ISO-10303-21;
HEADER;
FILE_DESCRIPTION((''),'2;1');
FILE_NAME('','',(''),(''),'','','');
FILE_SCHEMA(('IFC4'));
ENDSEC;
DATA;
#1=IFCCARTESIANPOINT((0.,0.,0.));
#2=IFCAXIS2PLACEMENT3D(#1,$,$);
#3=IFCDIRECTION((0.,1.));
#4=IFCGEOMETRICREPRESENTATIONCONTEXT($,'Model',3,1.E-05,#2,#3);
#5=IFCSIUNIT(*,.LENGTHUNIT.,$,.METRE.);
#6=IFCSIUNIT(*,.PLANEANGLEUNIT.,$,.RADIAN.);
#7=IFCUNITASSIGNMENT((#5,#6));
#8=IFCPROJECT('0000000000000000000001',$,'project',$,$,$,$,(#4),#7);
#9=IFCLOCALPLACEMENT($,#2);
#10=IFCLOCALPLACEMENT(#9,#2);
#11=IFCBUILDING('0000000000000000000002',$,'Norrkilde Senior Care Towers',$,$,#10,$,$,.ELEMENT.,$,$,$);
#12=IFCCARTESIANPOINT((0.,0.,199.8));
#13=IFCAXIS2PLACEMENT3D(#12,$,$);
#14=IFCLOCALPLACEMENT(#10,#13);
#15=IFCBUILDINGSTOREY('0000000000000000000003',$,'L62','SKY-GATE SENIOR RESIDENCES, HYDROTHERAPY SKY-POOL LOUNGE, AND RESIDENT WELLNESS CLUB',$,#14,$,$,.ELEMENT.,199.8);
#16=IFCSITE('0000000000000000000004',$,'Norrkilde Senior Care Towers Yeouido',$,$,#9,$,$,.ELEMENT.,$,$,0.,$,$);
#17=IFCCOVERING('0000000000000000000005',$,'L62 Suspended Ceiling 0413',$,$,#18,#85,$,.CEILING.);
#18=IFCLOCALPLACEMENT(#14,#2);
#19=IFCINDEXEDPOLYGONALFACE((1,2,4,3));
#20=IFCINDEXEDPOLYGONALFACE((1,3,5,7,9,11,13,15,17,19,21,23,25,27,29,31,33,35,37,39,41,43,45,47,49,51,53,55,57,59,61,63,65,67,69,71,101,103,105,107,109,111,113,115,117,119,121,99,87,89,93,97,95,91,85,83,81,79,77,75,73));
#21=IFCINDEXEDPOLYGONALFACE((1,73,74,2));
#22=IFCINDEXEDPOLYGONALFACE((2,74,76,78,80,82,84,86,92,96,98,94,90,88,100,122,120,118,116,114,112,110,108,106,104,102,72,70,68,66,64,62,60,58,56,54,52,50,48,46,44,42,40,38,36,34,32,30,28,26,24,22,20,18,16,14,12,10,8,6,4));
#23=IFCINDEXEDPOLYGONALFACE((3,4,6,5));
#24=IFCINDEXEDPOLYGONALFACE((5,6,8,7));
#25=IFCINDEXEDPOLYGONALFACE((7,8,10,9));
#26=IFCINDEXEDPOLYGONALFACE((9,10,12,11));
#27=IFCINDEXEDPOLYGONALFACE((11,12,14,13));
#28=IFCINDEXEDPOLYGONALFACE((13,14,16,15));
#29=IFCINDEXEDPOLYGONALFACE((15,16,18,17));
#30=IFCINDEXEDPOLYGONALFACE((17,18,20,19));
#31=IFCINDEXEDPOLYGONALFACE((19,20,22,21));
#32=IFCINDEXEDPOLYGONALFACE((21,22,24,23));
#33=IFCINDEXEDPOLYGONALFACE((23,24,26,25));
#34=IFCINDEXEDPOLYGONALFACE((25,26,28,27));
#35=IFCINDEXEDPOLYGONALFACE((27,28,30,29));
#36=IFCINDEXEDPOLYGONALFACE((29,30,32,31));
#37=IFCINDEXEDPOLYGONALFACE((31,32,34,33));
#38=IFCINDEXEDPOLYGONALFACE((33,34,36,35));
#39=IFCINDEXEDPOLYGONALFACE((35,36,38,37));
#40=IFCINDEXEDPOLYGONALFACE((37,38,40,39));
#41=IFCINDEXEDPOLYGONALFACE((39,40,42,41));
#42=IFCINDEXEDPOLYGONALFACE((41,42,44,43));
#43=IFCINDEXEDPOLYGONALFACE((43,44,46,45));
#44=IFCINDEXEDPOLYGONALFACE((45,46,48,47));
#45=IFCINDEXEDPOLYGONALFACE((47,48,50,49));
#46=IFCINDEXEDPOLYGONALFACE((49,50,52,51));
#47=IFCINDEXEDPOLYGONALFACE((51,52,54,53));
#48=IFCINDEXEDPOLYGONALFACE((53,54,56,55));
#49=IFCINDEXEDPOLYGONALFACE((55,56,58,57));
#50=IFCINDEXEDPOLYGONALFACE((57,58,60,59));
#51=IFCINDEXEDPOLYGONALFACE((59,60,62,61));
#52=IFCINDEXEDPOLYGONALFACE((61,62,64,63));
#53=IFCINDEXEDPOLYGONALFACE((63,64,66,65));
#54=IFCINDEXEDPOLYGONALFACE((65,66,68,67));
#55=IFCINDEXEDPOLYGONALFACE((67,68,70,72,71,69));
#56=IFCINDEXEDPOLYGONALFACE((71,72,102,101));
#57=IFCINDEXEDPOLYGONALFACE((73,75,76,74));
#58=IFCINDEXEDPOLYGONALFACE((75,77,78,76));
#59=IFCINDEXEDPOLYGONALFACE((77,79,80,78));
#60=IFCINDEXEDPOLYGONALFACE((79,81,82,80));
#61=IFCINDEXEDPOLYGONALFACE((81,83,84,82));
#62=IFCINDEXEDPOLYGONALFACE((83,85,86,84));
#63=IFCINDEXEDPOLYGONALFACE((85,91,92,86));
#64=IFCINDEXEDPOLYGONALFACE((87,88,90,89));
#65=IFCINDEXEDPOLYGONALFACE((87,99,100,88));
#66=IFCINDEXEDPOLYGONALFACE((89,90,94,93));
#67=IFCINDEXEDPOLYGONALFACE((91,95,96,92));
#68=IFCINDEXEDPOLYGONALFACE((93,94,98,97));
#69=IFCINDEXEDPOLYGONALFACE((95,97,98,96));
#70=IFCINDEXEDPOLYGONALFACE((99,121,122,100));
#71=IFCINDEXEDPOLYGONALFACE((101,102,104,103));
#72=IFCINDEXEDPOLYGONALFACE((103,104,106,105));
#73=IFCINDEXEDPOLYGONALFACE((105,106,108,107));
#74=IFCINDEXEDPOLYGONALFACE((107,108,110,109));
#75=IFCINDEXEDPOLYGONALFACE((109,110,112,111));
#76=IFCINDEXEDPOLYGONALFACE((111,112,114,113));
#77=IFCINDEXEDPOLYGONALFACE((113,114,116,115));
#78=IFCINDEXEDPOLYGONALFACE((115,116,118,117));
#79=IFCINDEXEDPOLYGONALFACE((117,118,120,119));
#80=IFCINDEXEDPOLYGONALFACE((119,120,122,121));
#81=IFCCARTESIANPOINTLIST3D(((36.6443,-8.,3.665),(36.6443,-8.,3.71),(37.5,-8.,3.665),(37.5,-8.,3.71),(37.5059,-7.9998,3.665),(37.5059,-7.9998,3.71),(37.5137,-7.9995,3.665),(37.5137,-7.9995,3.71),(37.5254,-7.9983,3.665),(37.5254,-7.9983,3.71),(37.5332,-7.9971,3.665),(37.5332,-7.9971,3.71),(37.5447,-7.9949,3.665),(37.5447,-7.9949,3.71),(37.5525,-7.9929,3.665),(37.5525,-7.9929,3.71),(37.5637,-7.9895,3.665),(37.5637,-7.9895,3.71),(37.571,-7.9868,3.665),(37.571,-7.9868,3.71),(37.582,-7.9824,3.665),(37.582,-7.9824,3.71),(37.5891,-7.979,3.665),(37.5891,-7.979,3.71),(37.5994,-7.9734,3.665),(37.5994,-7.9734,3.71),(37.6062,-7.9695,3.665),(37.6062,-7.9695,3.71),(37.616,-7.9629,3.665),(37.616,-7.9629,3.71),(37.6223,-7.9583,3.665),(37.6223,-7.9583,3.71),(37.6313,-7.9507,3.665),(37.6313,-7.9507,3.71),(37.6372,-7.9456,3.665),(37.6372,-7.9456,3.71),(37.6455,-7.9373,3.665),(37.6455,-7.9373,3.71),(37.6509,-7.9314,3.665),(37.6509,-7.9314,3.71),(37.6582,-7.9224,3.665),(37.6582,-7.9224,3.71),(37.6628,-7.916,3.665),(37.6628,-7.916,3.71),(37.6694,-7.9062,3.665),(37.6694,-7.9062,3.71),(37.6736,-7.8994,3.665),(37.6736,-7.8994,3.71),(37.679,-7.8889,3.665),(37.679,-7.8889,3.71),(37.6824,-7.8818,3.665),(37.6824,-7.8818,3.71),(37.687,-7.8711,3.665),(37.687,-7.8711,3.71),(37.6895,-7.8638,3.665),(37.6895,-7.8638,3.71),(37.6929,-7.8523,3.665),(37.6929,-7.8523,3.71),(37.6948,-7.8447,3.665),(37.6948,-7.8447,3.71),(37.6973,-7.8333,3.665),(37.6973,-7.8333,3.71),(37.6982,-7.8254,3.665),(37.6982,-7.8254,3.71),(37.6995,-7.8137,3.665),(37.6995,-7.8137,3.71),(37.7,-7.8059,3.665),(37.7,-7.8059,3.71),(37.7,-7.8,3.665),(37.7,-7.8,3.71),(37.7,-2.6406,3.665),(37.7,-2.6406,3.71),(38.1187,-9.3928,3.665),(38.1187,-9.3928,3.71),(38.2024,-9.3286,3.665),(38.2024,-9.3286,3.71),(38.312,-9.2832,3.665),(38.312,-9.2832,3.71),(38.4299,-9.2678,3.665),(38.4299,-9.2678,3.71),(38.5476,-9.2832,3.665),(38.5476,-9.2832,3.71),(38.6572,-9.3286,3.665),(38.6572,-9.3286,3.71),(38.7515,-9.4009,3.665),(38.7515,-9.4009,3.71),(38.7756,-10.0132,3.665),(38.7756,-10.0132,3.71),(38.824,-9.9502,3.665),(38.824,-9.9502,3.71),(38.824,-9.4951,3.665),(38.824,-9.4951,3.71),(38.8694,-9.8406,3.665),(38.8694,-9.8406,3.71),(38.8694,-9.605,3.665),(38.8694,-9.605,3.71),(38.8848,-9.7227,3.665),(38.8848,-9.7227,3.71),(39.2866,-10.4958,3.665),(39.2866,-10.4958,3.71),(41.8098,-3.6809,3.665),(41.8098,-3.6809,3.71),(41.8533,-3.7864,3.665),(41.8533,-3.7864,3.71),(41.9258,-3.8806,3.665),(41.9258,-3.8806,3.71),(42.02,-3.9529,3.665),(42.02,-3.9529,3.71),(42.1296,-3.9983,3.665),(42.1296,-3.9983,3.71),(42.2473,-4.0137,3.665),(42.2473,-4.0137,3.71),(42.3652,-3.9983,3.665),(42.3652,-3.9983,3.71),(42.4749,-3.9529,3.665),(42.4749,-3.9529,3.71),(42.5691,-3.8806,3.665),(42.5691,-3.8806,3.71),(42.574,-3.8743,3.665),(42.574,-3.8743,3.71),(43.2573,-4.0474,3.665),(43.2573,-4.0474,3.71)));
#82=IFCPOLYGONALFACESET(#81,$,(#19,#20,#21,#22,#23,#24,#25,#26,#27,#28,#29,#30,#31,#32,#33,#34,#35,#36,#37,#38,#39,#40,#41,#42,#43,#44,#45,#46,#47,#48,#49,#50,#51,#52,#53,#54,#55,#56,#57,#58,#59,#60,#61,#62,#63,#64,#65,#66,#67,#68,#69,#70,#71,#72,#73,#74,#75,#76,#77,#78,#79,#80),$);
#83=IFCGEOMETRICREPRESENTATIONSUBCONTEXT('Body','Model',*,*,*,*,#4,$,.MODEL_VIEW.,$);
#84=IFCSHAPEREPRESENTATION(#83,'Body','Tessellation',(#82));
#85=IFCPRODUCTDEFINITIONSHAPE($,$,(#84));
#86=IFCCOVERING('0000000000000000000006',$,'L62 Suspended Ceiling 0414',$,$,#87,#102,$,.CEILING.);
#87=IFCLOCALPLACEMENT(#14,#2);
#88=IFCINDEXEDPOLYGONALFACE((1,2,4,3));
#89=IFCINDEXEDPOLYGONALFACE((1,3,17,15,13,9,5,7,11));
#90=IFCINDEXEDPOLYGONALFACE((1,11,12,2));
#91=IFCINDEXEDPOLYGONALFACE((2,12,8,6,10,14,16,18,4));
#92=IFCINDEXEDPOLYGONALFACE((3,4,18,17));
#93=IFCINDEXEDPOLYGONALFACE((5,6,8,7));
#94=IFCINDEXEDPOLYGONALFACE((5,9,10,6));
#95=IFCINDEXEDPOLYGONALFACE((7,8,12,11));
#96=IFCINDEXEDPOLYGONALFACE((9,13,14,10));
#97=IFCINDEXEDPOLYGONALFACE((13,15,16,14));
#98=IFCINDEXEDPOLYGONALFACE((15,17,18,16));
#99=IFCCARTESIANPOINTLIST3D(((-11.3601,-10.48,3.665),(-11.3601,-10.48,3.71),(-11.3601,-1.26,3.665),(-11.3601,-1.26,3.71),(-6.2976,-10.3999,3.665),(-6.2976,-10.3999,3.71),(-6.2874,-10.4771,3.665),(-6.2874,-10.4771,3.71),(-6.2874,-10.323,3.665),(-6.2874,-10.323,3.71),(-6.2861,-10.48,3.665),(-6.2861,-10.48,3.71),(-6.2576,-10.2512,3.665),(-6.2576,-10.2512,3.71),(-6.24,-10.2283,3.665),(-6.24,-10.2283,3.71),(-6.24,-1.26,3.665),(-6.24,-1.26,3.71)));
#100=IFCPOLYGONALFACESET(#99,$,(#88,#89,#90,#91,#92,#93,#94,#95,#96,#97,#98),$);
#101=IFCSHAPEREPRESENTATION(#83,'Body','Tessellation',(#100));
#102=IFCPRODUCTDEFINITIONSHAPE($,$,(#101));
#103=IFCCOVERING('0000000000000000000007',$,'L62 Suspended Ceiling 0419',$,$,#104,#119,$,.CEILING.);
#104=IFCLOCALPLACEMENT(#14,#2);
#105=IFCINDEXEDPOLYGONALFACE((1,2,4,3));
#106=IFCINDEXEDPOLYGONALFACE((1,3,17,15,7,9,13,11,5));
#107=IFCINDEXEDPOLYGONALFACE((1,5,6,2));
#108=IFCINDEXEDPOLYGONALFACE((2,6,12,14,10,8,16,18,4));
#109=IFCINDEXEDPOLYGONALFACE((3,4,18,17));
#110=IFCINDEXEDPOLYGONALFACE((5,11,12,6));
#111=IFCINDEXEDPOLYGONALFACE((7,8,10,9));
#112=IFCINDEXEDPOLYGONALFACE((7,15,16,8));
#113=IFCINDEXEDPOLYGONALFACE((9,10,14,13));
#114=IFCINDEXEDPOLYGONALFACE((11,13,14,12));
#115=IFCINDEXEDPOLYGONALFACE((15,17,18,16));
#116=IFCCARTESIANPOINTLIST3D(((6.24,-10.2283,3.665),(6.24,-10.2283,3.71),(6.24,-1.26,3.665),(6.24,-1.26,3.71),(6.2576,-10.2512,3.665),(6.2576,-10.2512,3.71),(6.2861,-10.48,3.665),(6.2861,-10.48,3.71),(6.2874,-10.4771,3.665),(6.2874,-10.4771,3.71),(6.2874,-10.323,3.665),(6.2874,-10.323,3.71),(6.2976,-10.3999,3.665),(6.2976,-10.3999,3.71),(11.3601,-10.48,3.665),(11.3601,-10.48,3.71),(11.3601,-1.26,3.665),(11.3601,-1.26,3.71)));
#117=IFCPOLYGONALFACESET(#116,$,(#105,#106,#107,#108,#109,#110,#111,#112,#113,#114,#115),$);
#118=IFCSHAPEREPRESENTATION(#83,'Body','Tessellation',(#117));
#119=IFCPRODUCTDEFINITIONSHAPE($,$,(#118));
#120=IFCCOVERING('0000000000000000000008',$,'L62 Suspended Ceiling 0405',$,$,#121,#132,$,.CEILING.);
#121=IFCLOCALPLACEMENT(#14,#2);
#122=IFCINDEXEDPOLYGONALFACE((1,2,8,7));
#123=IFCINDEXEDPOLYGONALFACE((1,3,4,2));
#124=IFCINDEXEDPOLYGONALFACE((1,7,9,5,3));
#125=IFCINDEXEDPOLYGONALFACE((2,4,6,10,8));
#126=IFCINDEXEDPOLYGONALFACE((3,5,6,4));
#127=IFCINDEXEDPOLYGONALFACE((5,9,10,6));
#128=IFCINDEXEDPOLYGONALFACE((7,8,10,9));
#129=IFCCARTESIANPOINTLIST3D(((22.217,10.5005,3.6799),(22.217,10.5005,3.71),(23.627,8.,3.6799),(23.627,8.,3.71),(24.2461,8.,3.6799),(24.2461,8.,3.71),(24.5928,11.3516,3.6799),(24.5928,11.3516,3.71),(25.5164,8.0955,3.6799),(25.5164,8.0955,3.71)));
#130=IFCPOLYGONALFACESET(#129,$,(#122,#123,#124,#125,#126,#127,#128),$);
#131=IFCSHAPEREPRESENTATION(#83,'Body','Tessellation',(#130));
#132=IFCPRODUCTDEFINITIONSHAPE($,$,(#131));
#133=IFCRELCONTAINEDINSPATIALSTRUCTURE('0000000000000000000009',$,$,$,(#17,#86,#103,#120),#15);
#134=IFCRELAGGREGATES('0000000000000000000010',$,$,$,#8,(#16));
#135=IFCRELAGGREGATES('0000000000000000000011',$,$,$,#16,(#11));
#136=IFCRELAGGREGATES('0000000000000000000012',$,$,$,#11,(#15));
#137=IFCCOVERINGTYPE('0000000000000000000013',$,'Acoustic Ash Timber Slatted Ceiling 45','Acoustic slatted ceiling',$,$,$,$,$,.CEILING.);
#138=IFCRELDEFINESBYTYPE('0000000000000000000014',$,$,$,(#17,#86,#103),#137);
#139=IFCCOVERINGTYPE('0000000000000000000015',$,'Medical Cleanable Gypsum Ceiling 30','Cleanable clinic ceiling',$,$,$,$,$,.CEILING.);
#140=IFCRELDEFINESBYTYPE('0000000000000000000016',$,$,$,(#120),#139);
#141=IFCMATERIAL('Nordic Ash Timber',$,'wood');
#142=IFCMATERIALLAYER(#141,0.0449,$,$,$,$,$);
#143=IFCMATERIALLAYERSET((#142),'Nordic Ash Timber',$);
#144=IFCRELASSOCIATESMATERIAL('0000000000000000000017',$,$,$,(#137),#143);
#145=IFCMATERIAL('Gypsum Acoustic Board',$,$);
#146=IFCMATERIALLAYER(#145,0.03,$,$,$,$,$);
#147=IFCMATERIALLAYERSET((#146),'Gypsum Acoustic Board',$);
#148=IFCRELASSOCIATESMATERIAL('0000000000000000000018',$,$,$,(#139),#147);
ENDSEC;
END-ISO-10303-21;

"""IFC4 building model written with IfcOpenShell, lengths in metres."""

from ifc_helpers import new_model, si_unit, direction, frame, origin, place, context, subcontext, project, spatial, polyline, outline, extrude, material, layer, layer_set, type_object, element, save


model = new_model("IFC4")

# Units and contexts
model_context = context("Model", 3, precision=1e-05, world=origin(), true_north=direction((0.0, 1.0)))
body_context = subcontext(model_context, "Body", "Model", "MODEL_VIEW")
ifc_project = project(units=[si_unit("LENGTHUNIT", "METRE"), si_unit("PLANEANGLEUNIT", "RADIAN")], contexts=[model_context])

# Site, building, storey
site_placement = place(None, origin())
site = spatial("IfcSite", under=ifc_project, at=site_placement, Name="Norrkilde Senior Care Towers Yeouido", CompositionType="ELEMENT", RefElevation=0.0)
building_placement = place(site_placement, origin())
building = spatial("IfcBuilding", under=site, at=building_placement, Name="Norrkilde Senior Care Towers", CompositionType="ELEMENT")
storey_placement = place(building_placement, frame((0.0, 0.0, 199.8)))
storey = spatial("IfcBuildingStorey", under=building, at=storey_placement, Name="L62", Description="SKY-GATE SENIOR RESIDENCES, HYDROTHERAPY SKY-POOL LOUNGE, AND RESIDENT WELLNESS CLUB", CompositionType="ELEMENT", Elevation=199.8)

# Coverings
ifc_material_1 = material(Name="Nordic Ash Timber", Category="wood")
ifc_layer_1 = layer(ifc_material_1, 0.0449)
ifc_layer_set_1 = layer_set([ifc_layer_1], Name="Nordic Ash Timber")
covering_type_1 = type_object("IfcCoveringType", Name="Acoustic Ash Timber Slatted Ceiling 45", Description="Acoustic slatted ceiling", PredefinedType="CEILING", material=ifc_layer_set_1)
covering_1_placement = place(storey_placement, frame((0.0, 0.0, 3.665)))
element("IfcCovering", 1, at=covering_1_placement, inside=storey, type_object=covering_type_1, Name="L62 Suspended Ceiling 0413", PredefinedType="CEILING", context=body_context, shape_type="SweptSolid", body=[
    extrude(outline(polyline([(37.5525, -7.9929), (37.5637, -7.9895), (37.571, -7.9868), (37.582, -7.9824), (37.5891, -7.979), (37.5994, -7.9734), (37.6062, -7.9695), (37.616, -7.9629), (37.6223, -7.9583), (37.6313, -7.9507), (37.6372, -7.9456), (37.6455, -7.9373), (37.6509, -7.9314), (37.6582, -7.9224), (37.6628, -7.916), (37.6694, -7.9062), (37.6736, -7.8994), (37.679, -7.8889), (37.6824, -7.8818), (37.687, -7.8711), (37.6895, -7.8638), (37.6929, -7.8523), (37.6948, -7.8447), (37.6973, -7.8333), (37.6982, -7.8254), (37.6995, -7.8137), (37.7, -7.8059), (37.7, -7.8), (37.7, -2.6406), (41.8098, -3.6809), (41.8533, -3.7864), (41.9258, -3.8806), (42.02, -3.9529), (42.1296, -3.9983), (42.2473, -4.0137), (42.3652, -3.9983), (42.4749, -3.9529), (42.5691, -3.8806), (42.574, -3.8743), (43.2573, -4.0474), (39.2866, -10.4958), (38.7756, -10.0132), (38.824, -9.9502), (38.8694, -9.8406), (38.8848, -9.7227), (38.8694, -9.605), (38.824, -9.4951), (38.7515, -9.4009), (38.6572, -9.3286), (38.5476, -9.2832), (38.4299, -9.2678), (38.312, -9.2832), (38.2024, -9.3286), (38.1187, -9.3928), (36.6443, -8.0), (37.5, -8.0), (37.5059, -7.9998), (37.5137, -7.9995), (37.5254, -7.9983), (37.5332, -7.9971), (37.5447, -7.9949), (37.5525, -7.9929)])), origin(), (0.0, 0.0, 1.0), 0.0449),
])
covering_2_placement = place(storey_placement, frame((0.0, 0.0, 3.665)))
element("IfcCovering", 2, at=covering_2_placement, inside=storey, type_object=covering_type_1, Name="L62 Suspended Ceiling 0414", PredefinedType="CEILING", context=body_context, shape_type="SweptSolid", body=[
    extrude(outline(polyline([(-11.3601, -1.26), (-6.24, -1.26), (-6.24, -10.2283), (-6.2576, -10.2512), (-6.2874, -10.323), (-6.2976, -10.3999), (-6.2874, -10.4771), (-6.2861, -10.48), (-11.3601, -10.48), (-11.3601, -1.26)])), origin(), (0.0, 0.0, 1.0), 0.0449),
])
covering_3_placement = place(storey_placement, frame((0.0, 0.0, 3.665)))
element("IfcCovering", 3, at=covering_3_placement, inside=storey, type_object=covering_type_1, Name="L62 Suspended Ceiling 0419", PredefinedType="CEILING", context=body_context, shape_type="SweptSolid", body=[
    extrude(outline(polyline([(6.24, -1.26), (11.3601, -1.26), (11.3601, -10.48), (6.2861, -10.48), (6.2874, -10.4771), (6.2976, -10.3999), (6.2874, -10.323), (6.2576, -10.2512), (6.24, -10.2283), (6.24, -1.26)])), origin(), (0.0, 0.0, 1.0), 0.0449),
])
ifc_material_2 = material(Name="Gypsum Acoustic Board")
ifc_layer_2 = layer(ifc_material_2, 0.03)
ifc_layer_set_2 = layer_set([ifc_layer_2], Name="Gypsum Acoustic Board")
covering_type_2 = type_object("IfcCoveringType", Name="Medical Cleanable Gypsum Ceiling 30", Description="Cleanable clinic ceiling", PredefinedType="CEILING", material=ifc_layer_set_2)
covering_4_placement = place(storey_placement, frame((0.0, 0.0, 3.6799)))
element("IfcCovering", 4, at=covering_4_placement, inside=storey, type_object=covering_type_2, Name="L62 Suspended Ceiling 0405", PredefinedType="CEILING", context=body_context, shape_type="SweptSolid", body=[
    extrude(outline(polyline([(22.217, 10.5005), (24.5928, 11.3516), (25.5164, 8.0955), (24.2461, 8.0), (23.627, 8.0), (22.217, 10.5005)])), origin(), (0.0, 0.0, 1.0), 0.03),
])

save(model, "model.ifc")
